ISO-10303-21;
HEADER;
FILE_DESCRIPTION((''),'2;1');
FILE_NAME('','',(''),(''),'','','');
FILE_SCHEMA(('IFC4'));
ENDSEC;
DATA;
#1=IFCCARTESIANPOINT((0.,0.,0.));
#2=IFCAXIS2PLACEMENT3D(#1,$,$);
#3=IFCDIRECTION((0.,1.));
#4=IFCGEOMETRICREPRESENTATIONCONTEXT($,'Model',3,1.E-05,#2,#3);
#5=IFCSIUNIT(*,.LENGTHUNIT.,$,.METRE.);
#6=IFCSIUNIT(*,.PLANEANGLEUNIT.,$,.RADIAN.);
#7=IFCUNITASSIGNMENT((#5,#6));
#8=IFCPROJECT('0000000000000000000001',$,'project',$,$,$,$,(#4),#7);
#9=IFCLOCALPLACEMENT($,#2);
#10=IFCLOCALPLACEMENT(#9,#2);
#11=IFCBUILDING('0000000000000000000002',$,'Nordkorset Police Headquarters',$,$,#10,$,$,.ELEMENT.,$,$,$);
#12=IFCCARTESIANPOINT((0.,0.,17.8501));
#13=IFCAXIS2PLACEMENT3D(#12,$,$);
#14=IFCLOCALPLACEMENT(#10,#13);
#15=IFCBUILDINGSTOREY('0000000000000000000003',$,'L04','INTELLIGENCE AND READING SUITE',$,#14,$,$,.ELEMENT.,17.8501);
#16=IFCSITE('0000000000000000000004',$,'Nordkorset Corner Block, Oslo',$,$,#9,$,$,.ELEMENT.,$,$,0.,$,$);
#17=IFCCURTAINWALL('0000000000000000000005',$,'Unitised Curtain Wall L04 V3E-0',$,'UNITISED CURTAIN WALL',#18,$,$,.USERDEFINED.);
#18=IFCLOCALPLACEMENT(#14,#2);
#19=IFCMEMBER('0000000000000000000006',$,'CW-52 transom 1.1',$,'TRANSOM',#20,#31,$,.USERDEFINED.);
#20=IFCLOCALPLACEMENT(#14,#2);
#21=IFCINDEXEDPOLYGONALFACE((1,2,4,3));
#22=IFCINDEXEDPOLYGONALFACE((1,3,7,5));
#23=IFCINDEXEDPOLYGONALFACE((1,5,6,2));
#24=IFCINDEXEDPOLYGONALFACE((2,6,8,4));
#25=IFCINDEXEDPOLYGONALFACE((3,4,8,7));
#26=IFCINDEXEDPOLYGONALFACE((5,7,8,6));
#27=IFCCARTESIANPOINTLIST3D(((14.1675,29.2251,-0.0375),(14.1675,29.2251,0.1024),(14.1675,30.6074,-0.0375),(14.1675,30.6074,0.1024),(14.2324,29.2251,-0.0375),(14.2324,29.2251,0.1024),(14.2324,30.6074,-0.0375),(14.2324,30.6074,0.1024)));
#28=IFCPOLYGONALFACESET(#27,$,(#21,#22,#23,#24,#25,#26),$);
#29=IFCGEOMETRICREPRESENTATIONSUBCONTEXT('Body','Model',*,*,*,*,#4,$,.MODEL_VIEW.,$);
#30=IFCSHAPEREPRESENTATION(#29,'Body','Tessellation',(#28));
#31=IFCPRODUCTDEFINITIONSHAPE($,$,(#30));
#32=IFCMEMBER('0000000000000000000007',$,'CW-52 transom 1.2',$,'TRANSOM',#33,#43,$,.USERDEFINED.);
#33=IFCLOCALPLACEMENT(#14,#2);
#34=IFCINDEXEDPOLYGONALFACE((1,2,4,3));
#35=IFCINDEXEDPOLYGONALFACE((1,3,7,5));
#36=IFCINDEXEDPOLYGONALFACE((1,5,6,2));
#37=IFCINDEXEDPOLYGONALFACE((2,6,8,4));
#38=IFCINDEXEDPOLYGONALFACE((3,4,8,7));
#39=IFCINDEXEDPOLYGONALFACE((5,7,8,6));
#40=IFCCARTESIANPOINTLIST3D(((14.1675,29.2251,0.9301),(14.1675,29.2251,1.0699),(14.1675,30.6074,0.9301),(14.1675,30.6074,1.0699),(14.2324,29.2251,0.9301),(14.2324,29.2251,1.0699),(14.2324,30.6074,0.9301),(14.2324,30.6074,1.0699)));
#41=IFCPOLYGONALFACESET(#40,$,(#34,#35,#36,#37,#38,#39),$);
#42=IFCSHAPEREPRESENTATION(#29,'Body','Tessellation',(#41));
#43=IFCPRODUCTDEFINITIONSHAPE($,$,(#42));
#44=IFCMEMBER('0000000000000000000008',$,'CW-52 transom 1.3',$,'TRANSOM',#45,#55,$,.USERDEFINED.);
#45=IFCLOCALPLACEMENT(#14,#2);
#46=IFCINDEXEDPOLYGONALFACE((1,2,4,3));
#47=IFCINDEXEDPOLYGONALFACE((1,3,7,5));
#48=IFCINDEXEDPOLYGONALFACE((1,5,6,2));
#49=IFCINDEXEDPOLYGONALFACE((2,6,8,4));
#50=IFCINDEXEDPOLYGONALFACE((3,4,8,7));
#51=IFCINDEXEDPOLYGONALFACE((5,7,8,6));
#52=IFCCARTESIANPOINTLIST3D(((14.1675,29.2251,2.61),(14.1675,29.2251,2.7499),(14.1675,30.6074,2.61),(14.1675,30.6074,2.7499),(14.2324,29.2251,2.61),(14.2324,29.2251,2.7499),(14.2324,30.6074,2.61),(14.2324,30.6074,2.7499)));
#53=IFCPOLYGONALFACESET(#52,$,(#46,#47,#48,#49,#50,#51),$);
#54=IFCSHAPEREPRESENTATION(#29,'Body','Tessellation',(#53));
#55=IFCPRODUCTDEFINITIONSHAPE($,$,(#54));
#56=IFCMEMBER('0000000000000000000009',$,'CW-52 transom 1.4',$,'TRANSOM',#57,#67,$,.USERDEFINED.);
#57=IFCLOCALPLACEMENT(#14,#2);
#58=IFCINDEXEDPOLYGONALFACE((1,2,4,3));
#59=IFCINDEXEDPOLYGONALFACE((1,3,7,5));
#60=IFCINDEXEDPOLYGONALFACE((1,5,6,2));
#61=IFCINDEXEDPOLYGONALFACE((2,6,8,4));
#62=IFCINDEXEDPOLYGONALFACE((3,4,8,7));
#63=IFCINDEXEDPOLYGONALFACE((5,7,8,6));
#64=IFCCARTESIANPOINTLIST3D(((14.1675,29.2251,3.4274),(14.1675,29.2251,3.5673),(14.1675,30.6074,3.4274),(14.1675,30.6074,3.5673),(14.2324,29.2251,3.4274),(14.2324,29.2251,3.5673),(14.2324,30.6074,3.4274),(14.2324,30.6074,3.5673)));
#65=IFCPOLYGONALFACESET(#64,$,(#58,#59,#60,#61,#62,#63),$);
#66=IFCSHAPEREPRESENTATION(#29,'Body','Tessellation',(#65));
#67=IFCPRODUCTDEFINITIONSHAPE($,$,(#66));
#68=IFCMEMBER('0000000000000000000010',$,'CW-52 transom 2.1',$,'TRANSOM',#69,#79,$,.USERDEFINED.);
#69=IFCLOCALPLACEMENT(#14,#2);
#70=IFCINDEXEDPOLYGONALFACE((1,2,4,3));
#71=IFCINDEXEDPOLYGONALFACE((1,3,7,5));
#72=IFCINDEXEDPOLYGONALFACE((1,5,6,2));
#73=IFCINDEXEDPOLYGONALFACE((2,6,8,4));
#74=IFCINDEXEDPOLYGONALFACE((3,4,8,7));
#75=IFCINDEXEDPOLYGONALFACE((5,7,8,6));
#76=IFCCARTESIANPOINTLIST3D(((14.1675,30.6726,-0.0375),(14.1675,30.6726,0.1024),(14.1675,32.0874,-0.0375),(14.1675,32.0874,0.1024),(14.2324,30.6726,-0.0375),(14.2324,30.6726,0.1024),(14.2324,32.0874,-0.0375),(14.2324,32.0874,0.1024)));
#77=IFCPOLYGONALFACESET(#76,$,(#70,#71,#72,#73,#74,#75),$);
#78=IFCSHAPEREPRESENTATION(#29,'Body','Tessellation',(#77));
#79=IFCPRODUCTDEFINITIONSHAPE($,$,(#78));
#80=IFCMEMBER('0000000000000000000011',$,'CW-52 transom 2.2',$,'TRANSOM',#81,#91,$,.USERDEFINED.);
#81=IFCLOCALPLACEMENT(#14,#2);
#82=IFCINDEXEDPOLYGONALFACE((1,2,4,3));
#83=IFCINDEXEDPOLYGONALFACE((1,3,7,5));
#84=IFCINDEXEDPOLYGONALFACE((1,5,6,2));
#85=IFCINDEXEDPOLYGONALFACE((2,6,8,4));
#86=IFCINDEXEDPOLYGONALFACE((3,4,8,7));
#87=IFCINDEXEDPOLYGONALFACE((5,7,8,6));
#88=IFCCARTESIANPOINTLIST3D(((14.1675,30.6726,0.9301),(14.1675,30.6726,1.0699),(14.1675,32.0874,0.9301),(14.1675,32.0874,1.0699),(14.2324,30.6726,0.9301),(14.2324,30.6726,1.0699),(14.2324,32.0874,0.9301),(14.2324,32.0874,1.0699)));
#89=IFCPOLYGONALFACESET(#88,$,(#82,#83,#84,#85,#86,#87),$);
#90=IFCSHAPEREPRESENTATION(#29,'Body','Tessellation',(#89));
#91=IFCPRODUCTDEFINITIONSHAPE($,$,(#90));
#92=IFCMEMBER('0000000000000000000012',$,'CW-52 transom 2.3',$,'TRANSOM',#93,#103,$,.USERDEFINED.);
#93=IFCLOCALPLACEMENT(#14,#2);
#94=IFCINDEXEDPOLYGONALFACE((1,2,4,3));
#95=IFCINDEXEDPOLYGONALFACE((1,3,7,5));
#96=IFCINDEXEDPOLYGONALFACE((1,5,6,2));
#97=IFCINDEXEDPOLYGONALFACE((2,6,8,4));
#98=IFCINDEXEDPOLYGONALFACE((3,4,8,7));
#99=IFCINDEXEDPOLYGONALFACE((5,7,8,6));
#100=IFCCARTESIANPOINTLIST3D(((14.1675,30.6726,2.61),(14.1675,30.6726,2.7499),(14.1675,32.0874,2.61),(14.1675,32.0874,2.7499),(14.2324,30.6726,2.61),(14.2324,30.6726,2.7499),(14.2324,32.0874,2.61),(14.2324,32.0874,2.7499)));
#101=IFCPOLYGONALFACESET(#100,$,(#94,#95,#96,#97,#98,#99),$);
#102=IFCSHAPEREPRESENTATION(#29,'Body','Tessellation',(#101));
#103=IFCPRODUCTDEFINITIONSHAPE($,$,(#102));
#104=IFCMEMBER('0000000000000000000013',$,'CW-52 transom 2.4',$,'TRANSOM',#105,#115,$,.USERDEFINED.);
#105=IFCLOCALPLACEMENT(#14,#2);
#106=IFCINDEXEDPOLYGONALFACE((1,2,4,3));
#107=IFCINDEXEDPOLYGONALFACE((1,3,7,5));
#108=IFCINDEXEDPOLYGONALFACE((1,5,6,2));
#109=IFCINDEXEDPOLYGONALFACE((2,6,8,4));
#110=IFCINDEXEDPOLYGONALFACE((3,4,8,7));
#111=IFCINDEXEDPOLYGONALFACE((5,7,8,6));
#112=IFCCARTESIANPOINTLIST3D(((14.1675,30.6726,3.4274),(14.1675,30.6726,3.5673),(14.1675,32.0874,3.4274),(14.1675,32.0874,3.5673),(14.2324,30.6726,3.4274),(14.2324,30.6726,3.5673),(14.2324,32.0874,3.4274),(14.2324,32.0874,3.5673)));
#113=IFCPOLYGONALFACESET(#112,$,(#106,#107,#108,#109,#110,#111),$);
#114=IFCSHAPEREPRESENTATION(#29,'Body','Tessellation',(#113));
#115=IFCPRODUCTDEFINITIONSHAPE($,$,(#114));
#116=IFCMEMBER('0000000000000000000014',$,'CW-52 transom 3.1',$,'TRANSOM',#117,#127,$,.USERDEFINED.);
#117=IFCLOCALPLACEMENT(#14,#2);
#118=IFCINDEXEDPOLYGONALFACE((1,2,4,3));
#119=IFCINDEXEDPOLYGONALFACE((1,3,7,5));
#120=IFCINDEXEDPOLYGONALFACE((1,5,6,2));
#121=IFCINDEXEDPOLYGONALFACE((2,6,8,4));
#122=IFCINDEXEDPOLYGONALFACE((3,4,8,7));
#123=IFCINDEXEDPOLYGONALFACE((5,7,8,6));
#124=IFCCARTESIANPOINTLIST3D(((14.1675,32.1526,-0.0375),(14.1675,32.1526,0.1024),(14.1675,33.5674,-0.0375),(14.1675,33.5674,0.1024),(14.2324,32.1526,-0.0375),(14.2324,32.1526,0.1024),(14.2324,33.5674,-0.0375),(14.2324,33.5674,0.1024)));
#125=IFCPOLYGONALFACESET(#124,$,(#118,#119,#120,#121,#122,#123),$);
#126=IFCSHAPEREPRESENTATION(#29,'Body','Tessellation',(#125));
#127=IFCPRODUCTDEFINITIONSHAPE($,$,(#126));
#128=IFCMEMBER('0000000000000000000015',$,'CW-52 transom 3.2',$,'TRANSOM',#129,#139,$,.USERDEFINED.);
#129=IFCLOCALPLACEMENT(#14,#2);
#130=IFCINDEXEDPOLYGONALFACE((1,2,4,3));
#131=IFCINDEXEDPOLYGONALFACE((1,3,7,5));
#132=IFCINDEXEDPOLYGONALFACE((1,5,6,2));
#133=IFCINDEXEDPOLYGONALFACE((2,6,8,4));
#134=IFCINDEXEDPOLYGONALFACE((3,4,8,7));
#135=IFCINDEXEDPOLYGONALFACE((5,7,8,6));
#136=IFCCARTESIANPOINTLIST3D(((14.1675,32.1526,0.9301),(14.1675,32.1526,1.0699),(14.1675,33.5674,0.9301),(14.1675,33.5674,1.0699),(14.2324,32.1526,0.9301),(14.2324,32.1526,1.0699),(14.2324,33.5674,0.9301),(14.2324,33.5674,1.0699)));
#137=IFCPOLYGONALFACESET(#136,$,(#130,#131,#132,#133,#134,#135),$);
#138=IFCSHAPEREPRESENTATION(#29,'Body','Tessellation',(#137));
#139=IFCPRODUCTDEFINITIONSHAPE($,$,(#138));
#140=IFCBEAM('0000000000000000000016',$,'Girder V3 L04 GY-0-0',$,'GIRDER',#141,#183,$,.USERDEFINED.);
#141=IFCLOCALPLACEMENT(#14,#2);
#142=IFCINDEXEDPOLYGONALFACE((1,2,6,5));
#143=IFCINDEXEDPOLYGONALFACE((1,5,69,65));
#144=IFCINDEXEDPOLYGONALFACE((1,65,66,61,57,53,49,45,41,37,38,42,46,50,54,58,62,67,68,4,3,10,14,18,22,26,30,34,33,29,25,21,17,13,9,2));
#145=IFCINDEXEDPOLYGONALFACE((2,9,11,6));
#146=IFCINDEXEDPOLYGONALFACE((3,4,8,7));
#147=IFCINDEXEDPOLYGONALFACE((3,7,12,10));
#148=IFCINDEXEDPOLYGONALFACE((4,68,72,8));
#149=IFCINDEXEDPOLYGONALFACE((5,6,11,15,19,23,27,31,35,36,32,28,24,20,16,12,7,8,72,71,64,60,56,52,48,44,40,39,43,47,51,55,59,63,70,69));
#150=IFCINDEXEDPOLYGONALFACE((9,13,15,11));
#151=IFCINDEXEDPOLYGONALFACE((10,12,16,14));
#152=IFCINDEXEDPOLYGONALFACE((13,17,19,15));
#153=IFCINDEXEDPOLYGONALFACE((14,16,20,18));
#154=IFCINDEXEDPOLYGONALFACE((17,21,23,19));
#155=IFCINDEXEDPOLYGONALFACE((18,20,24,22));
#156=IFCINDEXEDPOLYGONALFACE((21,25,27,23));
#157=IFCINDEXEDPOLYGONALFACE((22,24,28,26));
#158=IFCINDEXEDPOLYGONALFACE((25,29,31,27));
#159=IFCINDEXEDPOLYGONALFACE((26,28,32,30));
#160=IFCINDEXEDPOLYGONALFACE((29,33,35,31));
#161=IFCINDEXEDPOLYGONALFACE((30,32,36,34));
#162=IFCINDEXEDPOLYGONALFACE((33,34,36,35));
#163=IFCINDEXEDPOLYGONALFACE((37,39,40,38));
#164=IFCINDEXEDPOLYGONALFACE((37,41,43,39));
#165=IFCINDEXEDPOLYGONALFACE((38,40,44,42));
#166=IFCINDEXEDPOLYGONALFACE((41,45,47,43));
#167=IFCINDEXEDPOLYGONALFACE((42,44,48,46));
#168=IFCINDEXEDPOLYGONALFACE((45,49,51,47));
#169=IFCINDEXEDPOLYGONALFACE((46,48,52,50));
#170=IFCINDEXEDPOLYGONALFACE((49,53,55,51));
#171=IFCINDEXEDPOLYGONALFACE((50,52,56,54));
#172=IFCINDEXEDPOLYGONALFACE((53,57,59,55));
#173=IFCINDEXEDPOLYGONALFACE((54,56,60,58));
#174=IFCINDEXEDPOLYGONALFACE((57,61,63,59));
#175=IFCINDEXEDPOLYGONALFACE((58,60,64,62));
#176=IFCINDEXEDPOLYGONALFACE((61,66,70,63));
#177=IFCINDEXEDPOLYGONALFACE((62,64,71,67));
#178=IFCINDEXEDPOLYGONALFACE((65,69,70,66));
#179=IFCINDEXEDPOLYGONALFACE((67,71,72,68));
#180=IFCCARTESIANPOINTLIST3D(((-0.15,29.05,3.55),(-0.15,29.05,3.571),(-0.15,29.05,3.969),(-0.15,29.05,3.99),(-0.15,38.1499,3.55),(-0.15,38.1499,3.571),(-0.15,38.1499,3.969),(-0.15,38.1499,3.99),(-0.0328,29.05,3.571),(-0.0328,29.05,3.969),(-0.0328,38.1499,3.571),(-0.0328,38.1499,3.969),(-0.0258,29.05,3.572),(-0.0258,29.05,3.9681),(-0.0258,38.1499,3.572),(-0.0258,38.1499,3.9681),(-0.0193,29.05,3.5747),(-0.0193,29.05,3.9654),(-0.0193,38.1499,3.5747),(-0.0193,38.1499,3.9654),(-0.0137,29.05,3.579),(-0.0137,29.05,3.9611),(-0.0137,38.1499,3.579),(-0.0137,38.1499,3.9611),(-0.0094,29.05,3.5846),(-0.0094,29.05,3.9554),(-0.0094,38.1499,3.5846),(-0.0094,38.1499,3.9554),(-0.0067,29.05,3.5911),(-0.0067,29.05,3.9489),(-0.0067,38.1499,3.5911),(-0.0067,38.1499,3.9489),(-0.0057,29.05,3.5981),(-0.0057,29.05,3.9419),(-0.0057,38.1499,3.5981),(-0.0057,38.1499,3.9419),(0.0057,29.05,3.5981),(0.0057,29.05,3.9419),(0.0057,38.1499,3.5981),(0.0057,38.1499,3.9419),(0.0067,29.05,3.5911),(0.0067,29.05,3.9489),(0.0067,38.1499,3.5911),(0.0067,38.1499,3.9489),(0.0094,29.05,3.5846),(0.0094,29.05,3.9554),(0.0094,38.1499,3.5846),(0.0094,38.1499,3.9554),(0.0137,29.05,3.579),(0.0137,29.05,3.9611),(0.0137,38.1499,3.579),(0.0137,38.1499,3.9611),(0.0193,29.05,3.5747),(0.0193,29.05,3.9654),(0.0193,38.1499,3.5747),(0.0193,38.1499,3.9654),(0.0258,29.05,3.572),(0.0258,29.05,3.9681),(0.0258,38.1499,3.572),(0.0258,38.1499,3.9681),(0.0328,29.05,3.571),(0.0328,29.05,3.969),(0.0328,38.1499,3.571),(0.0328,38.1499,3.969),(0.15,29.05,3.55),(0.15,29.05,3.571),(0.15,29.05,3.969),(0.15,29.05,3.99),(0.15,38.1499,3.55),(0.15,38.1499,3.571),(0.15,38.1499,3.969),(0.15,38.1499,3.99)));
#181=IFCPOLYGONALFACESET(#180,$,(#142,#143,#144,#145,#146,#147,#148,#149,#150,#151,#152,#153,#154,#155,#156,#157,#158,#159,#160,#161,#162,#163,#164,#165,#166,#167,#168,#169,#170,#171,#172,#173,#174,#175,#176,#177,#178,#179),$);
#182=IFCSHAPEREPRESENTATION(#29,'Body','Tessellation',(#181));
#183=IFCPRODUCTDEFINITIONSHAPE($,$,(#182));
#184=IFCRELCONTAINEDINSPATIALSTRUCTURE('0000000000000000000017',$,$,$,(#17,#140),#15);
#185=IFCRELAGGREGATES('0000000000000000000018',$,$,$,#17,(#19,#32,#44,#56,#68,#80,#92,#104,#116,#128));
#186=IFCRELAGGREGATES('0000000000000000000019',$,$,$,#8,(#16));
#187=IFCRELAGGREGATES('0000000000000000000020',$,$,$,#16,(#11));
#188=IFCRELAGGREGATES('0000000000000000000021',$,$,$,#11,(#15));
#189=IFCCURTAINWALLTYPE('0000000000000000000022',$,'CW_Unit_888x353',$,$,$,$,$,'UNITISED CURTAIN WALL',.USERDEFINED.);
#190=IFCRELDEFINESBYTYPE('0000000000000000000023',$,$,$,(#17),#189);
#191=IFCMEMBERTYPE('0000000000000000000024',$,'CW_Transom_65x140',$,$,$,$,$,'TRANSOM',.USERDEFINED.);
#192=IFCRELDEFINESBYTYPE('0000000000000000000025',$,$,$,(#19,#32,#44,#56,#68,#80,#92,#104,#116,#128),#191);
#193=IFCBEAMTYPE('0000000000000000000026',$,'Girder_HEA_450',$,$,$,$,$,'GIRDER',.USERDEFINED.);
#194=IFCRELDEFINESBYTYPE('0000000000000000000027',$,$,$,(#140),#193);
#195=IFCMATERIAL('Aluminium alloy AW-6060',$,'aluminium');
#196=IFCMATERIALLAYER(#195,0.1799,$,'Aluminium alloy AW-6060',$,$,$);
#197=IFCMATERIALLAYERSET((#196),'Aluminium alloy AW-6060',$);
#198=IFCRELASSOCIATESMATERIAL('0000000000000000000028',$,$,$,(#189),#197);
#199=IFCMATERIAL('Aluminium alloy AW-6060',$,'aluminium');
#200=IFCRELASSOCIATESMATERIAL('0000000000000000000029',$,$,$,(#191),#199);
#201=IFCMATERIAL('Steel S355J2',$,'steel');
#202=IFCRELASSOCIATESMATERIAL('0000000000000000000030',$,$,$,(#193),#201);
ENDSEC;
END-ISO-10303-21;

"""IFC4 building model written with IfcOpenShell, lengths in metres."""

from ifc_helpers import new_model, si_unit, direction, frame, origin, origin_2d, place, context, subcontext, project, spatial, rectangle, i_section, extrude, material, layer, layer_set, material_profile, profile_set, type_object, element, aggregate, save


model = new_model("IFC4")

# Units and contexts
model_context = context("Model", 3, precision=1e-05, world=origin(), true_north=direction((0.0, 1.0)))
body_context = subcontext(model_context, "Body", "Model", "MODEL_VIEW")
ifc_project = project(units=[si_unit("LENGTHUNIT", "METRE"), si_unit("PLANEANGLEUNIT", "RADIAN")], contexts=[model_context])

# Site, building, storey
site_placement = place(None, origin())
site = spatial("IfcSite", under=ifc_project, at=site_placement, Name="Nordkorset Corner Block, Oslo", CompositionType="ELEMENT", RefElevation=0.0)
building_placement = place(site_placement, origin())
building = spatial("IfcBuilding", under=site, at=building_placement, Name="Nordkorset Police Headquarters", CompositionType="ELEMENT")
storey_placement = place(building_placement, frame((0.0, 0.0, 17.8501)))
storey = spatial("IfcBuildingStorey", under=building, at=storey_placement, Name="L04", Description="INTELLIGENCE AND READING SUITE", CompositionType="ELEMENT", Elevation=17.8501)

# Curtain wall
ifc_material_1 = material(Name="Aluminium alloy AW-6060", Category="aluminium")
ifc_layer_1 = layer(ifc_material_1, 0.1799, Name="Aluminium alloy AW-6060")
ifc_layer_set_1 = layer_set([ifc_layer_1], Name="Aluminium alloy AW-6060")
curtain_wall_type_1 = type_object("IfcCurtainWallType", Name="CW_Unit_888x353", ElementType="UNITISED CURTAIN WALL", PredefinedType="USERDEFINED", material=ifc_layer_set_1)
curtain_wall_1_placement = place(storey_placement, origin())
curtain_wall_1 = element("IfcCurtainWall", 1, at=curtain_wall_1_placement, inside=storey, type_object=curtain_wall_type_1, Name="Unitised Curtain Wall L04 V3E-0", ObjectType="UNITISED CURTAIN WALL", PredefinedType="USERDEFINED")

# Members
ifc_material_2 = material(Name="Aluminium alloy AW-6060", Category="aluminium")
ifc_material_profile_1 = material_profile(ifc_material_2, rectangle(XDim=0.0649, YDim=0.1399, at=origin_2d()), Name="ALU TRAN 65x140")
ifc_profile_set_1 = profile_set([ifc_material_profile_1], Name="Aluminium alloy AW-6060")
member_type_1 = type_object("IfcMemberType", Name="CW_Transom_65x140", ElementType="TRANSOM", PredefinedType="USERDEFINED", material=ifc_profile_set_1)
member_1_placement = place(storey_placement, frame((14.2, 29.2251, 0.0325), z_axis=(0.0, 1.0, 0.0), x_axis=(-1.0, 0.0, 0.0)))
member_1 = element("IfcMember", 2, at=member_1_placement, type_object=member_type_1, Name="CW-52 transom 1.1", ObjectType="TRANSOM", PredefinedType="USERDEFINED", context=body_context, shape_type="SweptSolid", body=[
    extrude(rectangle(XDim=0.0649, YDim=0.1399, at=origin_2d()), origin(), (0.0, 0.0, 1.0), 1.3823),
])
member_2_placement = place(storey_placement, frame((14.2, 29.2251, 1.0), z_axis=(0.0, 1.0, 0.0), x_axis=(-1.0, 0.0, 0.0)))
member_2 = element("IfcMember", 3, at=member_2_placement, type_object=member_type_1, Name="CW-52 transom 1.2", ObjectType="TRANSOM", PredefinedType="USERDEFINED", context=body_context, shape_type="SweptSolid", body=[
    extrude(rectangle(XDim=0.0649, YDim=0.1399, at=origin_2d()), origin(), (0.0, 0.0, 1.0), 1.3823),
])
member_3_placement = place(storey_placement, frame((14.2, 29.2251, 2.6799), z_axis=(0.0, 1.0, 0.0), x_axis=(-1.0, 0.0, 0.0)))
member_3 = element("IfcMember", 4, at=member_3_placement, type_object=member_type_1, Name="CW-52 transom 1.3", ObjectType="TRANSOM", PredefinedType="USERDEFINED", context=body_context, shape_type="SweptSolid", body=[
    extrude(rectangle(XDim=0.0649, YDim=0.1399, at=origin_2d()), origin(), (0.0, 0.0, 1.0), 1.3823),
])
member_4_placement = place(storey_placement, frame((14.2, 29.2251, 3.4973), z_axis=(0.0, 1.0, 0.0), x_axis=(-1.0, 0.0, 0.0)))
member_4 = element("IfcMember", 5, at=member_4_placement, type_object=member_type_1, Name="CW-52 transom 1.4", ObjectType="TRANSOM", PredefinedType="USERDEFINED", context=body_context, shape_type="SweptSolid", body=[
    extrude(rectangle(XDim=0.0649, YDim=0.1399, at=origin_2d()), origin(), (0.0, 0.0, 1.0), 1.3823),
])
member_5_placement = place(storey_placement, frame((14.2, 30.6726, 0.0325), z_axis=(0.0, 1.0, 0.0), x_axis=(-1.0, 0.0, 0.0)))
member_5 = element("IfcMember", 6, at=member_5_placement, type_object=member_type_1, Name="CW-52 transom 2.1", ObjectType="TRANSOM", PredefinedType="USERDEFINED", context=body_context, shape_type="SweptSolid", body=[
    extrude(rectangle(XDim=0.0649, YDim=0.1399, at=origin_2d()), origin(), (0.0, 0.0, 1.0), 1.4148),
])
member_6_placement = place(storey_placement, frame((14.2, 30.6726, 1.0), z_axis=(0.0, 1.0, 0.0), x_axis=(-1.0, 0.0, 0.0)))
member_6 = element("IfcMember", 7, at=member_6_placement, type_object=member_type_1, Name="CW-52 transom 2.2", ObjectType="TRANSOM", PredefinedType="USERDEFINED", context=body_context, shape_type="SweptSolid", body=[
    extrude(rectangle(XDim=0.0649, YDim=0.1399, at=origin_2d()), origin(), (0.0, 0.0, 1.0), 1.4148),
])
member_7_placement = place(storey_placement, frame((14.2, 30.6726, 2.6799), z_axis=(0.0, 1.0, 0.0), x_axis=(-1.0, 0.0, 0.0)))
member_7 = element("IfcMember", 8, at=member_7_placement, type_object=member_type_1, Name="CW-52 transom 2.3", ObjectType="TRANSOM", PredefinedType="USERDEFINED", context=body_context, shape_type="SweptSolid", body=[
    extrude(rectangle(XDim=0.0649, YDim=0.1399, at=origin_2d()), origin(), (0.0, 0.0, 1.0), 1.4148),
])
member_8_placement = place(storey_placement, frame((14.2, 30.6726, 3.4973), z_axis=(0.0, 1.0, 0.0), x_axis=(-1.0, 0.0, 0.0)))
member_8 = element("IfcMember", 9, at=member_8_placement, type_object=member_type_1, Name="CW-52 transom 2.4", ObjectType="TRANSOM", PredefinedType="USERDEFINED", context=body_context, shape_type="SweptSolid", body=[
    extrude(rectangle(XDim=0.0649, YDim=0.1399, at=origin_2d()), origin(), (0.0, 0.0, 1.0), 1.4148),
])
member_9_placement = place(storey_placement, frame((14.2, 32.1526, 0.0325), z_axis=(0.0, 1.0, 0.0), x_axis=(-1.0, 0.0, 0.0)))
member_9 = element("IfcMember", 10, at=member_9_placement, type_object=member_type_1, Name="CW-52 transom 3.1", ObjectType="TRANSOM", PredefinedType="USERDEFINED", context=body_context, shape_type="SweptSolid", body=[
    extrude(rectangle(XDim=0.0649, YDim=0.1399, at=origin_2d()), origin(), (0.0, 0.0, 1.0), 1.4148),
])
member_10_placement = place(storey_placement, frame((14.2, 32.1526, 1.0), z_axis=(0.0, 1.0, 0.0), x_axis=(-1.0, 0.0, 0.0)))
member_10 = element("IfcMember", 11, at=member_10_placement, type_object=member_type_1, Name="CW-52 transom 3.2", ObjectType="TRANSOM", PredefinedType="USERDEFINED", context=body_context, shape_type="SweptSolid", body=[
    extrude(rectangle(XDim=0.0649, YDim=0.1399, at=origin_2d()), origin(), (0.0, 0.0, 1.0), 1.4148),
])

# Beam
ifc_material_3 = material(Name="Steel S355J2", Category="steel")
ifc_material_profile_2 = material_profile(ifc_material_3, i_section(OverallWidth=0.3, OverallDepth=0.4399, WebThickness=0.0115, FlangeThickness=0.021, FilletRadius=0.0271, at=origin_2d()), Name="HEA 450")
ifc_profile_set_2 = profile_set([ifc_material_profile_2], Name="Steel S355J2")
beam_type = type_object("IfcBeamType", Name="Girder_HEA_450", ElementType="GIRDER", PredefinedType="USERDEFINED", material=ifc_profile_set_2)
for number, where, z_axis, x_axis, name in (
    (12, (0.0, 29.05, 3.77), (0.0, 1.0, 0.0), (-1.0, 0.0, 0.0), "Girder V3 L04 GY-0-0"),
):
    element("IfcBeam", number, at=place(storey_placement, frame(where, z_axis=z_axis, x_axis=x_axis)), inside=storey, type_object=beam_type, Name=name, ObjectType="GIRDER", PredefinedType="USERDEFINED", context=body_context, shape_type="SweptSolid", body=[
        extrude(i_section(OverallWidth=0.3, OverallDepth=0.4399, WebThickness=0.0115, FlangeThickness=0.021, FilletRadius=0.0271, at=origin_2d()), origin(), (0.0, 0.0, 1.0), 9.0999),
    ])

aggregate(curtain_wall_1, [member_1, member_2, member_3, member_4, member_5, member_6, member_7, member_8, member_9, member_10])

save(model, "model.ifc")
